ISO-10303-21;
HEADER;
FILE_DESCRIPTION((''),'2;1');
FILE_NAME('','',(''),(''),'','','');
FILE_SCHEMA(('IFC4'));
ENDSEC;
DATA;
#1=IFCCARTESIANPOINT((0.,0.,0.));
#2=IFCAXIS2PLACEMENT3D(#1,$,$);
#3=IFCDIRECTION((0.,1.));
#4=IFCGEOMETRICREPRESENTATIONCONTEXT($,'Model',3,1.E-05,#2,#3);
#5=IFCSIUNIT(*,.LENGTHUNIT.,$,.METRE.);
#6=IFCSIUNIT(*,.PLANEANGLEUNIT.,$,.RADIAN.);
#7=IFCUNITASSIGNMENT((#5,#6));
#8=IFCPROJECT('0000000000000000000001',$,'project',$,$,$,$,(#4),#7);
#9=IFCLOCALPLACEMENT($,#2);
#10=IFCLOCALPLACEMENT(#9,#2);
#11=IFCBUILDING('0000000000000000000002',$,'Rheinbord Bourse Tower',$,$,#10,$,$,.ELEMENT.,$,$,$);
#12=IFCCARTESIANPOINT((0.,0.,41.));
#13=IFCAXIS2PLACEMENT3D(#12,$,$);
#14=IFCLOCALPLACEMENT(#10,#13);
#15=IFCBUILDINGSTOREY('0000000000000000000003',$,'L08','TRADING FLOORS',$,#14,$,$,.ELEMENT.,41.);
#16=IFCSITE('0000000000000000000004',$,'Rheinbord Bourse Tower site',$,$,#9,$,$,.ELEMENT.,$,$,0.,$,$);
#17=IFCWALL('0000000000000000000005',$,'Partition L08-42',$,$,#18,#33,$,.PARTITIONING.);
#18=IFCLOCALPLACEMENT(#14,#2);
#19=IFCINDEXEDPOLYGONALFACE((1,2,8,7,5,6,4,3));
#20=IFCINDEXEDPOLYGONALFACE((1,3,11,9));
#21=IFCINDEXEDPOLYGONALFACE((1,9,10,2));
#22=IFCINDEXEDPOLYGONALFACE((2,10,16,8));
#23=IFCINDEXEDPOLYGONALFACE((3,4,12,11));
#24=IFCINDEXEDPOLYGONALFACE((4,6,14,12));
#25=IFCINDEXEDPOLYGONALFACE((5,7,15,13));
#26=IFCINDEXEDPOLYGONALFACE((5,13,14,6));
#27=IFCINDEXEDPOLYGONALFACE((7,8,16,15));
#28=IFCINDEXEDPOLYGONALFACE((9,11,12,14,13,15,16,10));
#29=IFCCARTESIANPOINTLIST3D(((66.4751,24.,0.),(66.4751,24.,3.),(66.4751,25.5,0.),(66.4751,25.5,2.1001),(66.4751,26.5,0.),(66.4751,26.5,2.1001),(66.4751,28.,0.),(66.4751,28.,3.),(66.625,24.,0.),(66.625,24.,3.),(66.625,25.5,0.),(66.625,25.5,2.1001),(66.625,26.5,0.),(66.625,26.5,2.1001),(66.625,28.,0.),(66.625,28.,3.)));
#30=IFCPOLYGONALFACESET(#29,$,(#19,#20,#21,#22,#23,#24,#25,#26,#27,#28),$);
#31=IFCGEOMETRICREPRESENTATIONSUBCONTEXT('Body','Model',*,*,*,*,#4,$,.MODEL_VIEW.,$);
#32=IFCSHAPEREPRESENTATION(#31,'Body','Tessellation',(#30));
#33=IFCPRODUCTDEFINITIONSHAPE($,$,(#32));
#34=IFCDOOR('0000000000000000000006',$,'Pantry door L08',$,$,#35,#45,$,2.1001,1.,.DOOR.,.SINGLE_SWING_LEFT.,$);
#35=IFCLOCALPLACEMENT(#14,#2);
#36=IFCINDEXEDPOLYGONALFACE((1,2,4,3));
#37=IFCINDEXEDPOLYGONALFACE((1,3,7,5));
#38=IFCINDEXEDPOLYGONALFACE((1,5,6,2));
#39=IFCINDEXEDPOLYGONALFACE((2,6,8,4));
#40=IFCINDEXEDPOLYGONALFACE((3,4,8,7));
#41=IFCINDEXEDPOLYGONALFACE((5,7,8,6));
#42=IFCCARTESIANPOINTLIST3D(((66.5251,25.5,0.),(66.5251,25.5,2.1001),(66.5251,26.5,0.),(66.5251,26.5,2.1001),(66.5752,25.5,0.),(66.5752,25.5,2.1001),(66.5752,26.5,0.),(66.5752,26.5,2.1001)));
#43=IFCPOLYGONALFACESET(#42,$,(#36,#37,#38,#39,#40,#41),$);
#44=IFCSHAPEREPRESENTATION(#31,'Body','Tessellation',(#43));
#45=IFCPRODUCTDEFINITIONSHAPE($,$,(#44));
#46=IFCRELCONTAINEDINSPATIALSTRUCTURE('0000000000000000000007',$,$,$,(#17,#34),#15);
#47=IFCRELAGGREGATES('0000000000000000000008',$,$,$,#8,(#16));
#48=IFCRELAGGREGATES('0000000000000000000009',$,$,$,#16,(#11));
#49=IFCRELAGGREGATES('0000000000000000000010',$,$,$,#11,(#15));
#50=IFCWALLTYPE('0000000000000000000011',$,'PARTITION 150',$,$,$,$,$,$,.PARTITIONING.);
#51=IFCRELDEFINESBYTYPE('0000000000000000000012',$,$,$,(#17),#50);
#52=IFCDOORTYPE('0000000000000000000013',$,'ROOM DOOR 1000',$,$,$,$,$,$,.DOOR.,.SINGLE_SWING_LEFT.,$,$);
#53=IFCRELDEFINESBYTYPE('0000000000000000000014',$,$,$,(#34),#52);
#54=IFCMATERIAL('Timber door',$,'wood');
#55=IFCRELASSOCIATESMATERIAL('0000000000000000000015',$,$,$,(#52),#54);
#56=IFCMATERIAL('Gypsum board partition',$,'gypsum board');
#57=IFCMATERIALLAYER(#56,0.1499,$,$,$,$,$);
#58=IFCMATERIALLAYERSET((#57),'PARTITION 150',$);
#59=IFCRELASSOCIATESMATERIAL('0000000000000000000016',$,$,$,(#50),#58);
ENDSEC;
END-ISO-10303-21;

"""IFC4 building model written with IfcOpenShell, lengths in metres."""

from ifc_helpers import new_model, si_unit, direction, frame, frame_2d, origin, place, context, subcontext, project, spatial, rectangle, extrude, material, layer, layer_set, type_object, element, fill, save


model = new_model("IFC4")

# Units and contexts
model_context = context("Model", 3, precision=1e-05, world=origin(), true_north=direction((0.0, 1.0)))
body_context = subcontext(model_context, "Body", "Model", "MODEL_VIEW")
ifc_project = project(units=[si_unit("LENGTHUNIT", "METRE"), si_unit("PLANEANGLEUNIT", "RADIAN")], contexts=[model_context])

# Site, building, storey
site_placement = place(None, origin())
site = spatial("IfcSite", under=ifc_project, at=site_placement, Name="Rheinbord Bourse Tower site", CompositionType="ELEMENT", RefElevation=0.0)
building_placement = place(site_placement, origin())
building = spatial("IfcBuilding", under=site, at=building_placement, Name="Rheinbord Bourse Tower", CompositionType="ELEMENT")
storey_placement = place(building_placement, frame((0.0, 0.0, 41.0)))
storey = spatial("IfcBuildingStorey", under=building, at=storey_placement, Name="L08", Description="TRADING FLOORS", CompositionType="ELEMENT", Elevation=41.0)

# Shared definitions
ifc_material_1 = material(Name="Timber door", Category="wood")
door_type = type_object("IfcDoorType", Name="ROOM DOOR 1000", OperationType="SINGLE_SWING_LEFT", PredefinedType="DOOR", material=ifc_material_1)

# Shared definitions
ifc_material_2 = material(Name="Gypsum board partition", Category="gypsum board")
ifc_layer_1 = layer(ifc_material_2, 0.1499)
ifc_layer_set_1 = layer_set([ifc_layer_1], Name="PARTITION 150")
wall_type_1 = type_object("IfcWallType", Name="PARTITION 150", PredefinedType="PARTITIONING", material=ifc_layer_set_1)

# Wall, opening, door
wall_1_placement = place(storey_placement, frame((66.55, 24.0, 0.0), z_axis=(0.0, 0.0, 1.0), x_axis=(0.0, 1.0, 0.0)))
wall_1 = element("IfcWall", 1, at=wall_1_placement, inside=storey, type_object=wall_type_1, Name="Partition L08-42", PredefinedType="PARTITIONING", context=body_context, shape_type="SweptSolid", body=[
    extrude(rectangle(XDim=4.0, YDim=0.1499, at=frame_2d((2.0, 0.0))), origin(), (0.0, 0.0, 1.0), 3.0),
])
opening_1_placement = place(wall_1_placement, frame((1.5, 0.0, 0.0)))
opening_1 = element("IfcOpeningElement", 2, at=opening_1_placement, cuts=wall_1, PredefinedType="OPENING", context=body_context, shape_type="SweptSolid", body=[
    extrude(rectangle(XDim=1.0, YDim=2.1001, at=frame_2d((0.5, 1.05))), frame((0.0, 0.085, 0.0), z_axis=(0.0, -1.0, 0.0), x_axis=(1.0, 0.0, 0.0)), (0.0, 0.0, 1.0), 0.1699),
])
door_1_placement = place(opening_1_placement, origin())
door_1 = element("IfcDoor", 3, at=door_1_placement, inside=storey, type_object=door_type, Name="Pantry door L08", OperationType="SINGLE_SWING_LEFT", OverallHeight=2.1001, OverallWidth=1.0, PredefinedType="DOOR", context=body_context, shape_type="SweptSolid", body=[
    extrude(rectangle(XDim=1.0, YDim=2.1001, at=frame_2d((0.5, 1.05))), frame((0.0, 0.0249, 0.0), z_axis=(0.0, -1.0, 0.0), x_axis=(1.0, 0.0, 0.0)), (0.0, 0.0, 1.0), 0.05),
])
fill(opening_1, door_1)

save(model, "model.ifc")
